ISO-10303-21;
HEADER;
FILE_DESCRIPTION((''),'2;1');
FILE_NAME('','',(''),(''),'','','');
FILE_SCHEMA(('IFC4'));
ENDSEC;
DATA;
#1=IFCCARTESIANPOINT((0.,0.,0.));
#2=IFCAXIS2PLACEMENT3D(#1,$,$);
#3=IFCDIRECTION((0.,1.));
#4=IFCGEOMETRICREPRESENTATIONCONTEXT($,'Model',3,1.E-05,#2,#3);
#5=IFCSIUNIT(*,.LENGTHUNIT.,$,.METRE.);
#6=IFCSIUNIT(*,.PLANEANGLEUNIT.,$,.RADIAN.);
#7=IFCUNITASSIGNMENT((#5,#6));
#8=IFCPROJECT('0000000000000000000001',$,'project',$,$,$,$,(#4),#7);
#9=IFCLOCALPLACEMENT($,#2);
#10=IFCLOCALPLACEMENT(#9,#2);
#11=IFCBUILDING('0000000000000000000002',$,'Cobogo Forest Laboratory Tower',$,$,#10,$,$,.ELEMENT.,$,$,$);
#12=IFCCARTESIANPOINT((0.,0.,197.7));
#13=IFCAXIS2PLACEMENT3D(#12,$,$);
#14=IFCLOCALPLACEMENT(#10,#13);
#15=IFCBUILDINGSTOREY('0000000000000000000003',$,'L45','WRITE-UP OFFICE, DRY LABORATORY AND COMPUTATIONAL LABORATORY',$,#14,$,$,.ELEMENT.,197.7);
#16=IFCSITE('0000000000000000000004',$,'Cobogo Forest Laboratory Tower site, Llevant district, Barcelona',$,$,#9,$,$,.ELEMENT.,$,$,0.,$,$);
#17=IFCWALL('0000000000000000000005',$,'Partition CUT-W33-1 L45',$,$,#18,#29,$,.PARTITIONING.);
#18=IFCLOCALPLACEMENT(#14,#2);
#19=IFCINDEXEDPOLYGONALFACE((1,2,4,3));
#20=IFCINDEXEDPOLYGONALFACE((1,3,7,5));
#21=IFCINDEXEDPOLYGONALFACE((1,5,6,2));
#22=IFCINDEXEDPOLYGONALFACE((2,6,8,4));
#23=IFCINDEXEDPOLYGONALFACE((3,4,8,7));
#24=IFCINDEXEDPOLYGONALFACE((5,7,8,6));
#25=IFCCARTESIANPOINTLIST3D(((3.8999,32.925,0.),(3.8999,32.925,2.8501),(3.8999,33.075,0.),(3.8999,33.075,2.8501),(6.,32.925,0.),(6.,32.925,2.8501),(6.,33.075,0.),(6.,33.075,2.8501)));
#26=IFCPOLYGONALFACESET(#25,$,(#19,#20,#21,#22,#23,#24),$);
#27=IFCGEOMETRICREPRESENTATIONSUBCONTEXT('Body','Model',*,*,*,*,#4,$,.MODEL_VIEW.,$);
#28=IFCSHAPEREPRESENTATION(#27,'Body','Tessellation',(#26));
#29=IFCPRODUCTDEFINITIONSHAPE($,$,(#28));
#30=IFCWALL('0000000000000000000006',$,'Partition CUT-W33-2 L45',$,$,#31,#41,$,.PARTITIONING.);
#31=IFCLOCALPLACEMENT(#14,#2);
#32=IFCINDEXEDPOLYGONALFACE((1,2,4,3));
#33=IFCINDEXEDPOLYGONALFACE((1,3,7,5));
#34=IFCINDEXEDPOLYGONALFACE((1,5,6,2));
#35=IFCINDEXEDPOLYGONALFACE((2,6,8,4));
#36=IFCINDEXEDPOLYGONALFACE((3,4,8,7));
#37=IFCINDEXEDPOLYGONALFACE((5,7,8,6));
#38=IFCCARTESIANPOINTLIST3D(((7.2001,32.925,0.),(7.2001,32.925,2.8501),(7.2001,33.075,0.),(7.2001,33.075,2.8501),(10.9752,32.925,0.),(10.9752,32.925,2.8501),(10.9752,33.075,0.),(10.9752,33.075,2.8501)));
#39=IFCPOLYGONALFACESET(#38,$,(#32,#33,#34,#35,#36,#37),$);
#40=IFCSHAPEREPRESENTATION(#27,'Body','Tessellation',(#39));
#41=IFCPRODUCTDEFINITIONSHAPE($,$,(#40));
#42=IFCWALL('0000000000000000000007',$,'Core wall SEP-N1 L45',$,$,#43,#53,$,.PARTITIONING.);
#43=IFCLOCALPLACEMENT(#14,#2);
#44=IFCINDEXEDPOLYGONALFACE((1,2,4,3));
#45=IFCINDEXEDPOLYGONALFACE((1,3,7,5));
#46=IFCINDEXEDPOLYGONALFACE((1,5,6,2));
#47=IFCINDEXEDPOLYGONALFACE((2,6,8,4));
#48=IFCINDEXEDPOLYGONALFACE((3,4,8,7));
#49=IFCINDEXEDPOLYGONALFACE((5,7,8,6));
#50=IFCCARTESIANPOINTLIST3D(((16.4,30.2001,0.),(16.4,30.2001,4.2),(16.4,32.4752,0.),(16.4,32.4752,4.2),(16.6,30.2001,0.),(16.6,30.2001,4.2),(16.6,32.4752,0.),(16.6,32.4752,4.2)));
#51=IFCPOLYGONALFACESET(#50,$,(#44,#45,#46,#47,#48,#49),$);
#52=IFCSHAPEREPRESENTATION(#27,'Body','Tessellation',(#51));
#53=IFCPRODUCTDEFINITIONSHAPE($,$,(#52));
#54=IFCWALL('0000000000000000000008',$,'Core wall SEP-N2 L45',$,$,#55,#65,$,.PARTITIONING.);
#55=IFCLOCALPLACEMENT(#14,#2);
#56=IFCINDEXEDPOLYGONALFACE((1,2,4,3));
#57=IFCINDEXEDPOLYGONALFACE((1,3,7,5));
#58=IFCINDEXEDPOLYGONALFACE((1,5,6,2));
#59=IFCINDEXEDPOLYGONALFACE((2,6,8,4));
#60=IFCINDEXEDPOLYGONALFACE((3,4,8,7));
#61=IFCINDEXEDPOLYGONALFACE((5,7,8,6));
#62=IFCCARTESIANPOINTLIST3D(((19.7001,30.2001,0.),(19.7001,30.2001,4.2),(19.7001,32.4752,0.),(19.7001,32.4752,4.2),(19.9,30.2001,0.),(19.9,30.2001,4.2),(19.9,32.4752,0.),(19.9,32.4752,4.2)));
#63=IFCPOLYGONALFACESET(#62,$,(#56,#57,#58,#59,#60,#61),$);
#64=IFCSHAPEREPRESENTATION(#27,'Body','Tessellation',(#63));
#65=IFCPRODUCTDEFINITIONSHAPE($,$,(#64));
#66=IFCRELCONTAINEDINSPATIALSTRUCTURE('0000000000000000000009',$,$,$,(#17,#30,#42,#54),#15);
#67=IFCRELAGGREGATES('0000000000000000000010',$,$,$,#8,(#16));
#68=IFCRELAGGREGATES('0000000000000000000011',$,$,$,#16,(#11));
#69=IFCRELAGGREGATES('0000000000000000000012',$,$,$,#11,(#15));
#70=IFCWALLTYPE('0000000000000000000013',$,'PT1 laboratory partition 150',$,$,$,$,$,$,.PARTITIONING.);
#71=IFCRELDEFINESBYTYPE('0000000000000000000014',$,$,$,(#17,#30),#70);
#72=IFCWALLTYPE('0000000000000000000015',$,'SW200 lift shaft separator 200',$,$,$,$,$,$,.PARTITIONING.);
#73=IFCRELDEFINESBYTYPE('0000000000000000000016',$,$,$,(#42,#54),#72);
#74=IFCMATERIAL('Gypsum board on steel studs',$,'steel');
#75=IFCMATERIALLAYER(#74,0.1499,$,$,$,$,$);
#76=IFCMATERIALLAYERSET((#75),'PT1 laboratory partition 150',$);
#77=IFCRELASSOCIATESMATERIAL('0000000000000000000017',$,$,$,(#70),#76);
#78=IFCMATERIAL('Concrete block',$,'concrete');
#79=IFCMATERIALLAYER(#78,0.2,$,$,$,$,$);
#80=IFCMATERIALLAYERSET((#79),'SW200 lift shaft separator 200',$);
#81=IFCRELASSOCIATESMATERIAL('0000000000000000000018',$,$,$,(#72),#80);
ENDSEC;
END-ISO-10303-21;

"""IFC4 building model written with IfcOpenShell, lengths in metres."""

from ifc_helpers import new_model, si_unit, direction, frame, frame_2d, origin, place, context, subcontext, project, spatial, rectangle, extrude, material, layer, layer_set, type_object, element, save


model = new_model("IFC4")

# Units and contexts
model_context = context("Model", 3, precision=1e-05, world=origin(), true_north=direction((0.0, 1.0)))
body_context = subcontext(model_context, "Body", "Model", "MODEL_VIEW")
ifc_project = project(units=[si_unit("LENGTHUNIT", "METRE"), si_unit("PLANEANGLEUNIT", "RADIAN")], contexts=[model_context])

# Site, building, storey
site_placement = place(None, origin())
site = spatial("IfcSite", under=ifc_project, at=site_placement, Name="Cobogo Forest Laboratory Tower site, Llevant district, Barcelona", CompositionType="ELEMENT", RefElevation=0.0)
building_placement = place(site_placement, origin())
building = spatial("IfcBuilding", under=site, at=building_placement, Name="Cobogo Forest Laboratory Tower", CompositionType="ELEMENT")
storey_placement = place(building_placement, frame((0.0, 0.0, 197.7)))
storey = spatial("IfcBuildingStorey", under=building, at=storey_placement, Name="L45", Description="WRITE-UP OFFICE, DRY LABORATORY AND COMPUTATIONAL LABORATORY", CompositionType="ELEMENT", Elevation=197.7)

# Walls
ifc_material_1 = material(Name="Gypsum board on steel studs", Category="steel")
ifc_layer_1 = layer(ifc_material_1, 0.1499)
ifc_layer_set_1 = layer_set([ifc_layer_1], Name="PT1 laboratory partition 150")
wall_type_1 = type_object("IfcWallType", Name="PT1 laboratory partition 150", PredefinedType="PARTITIONING", material=ifc_layer_set_1)
wall_1_placement = place(storey_placement, frame((3.8999, 33.0, 0.0), z_axis=(0.0, 0.0, 1.0), x_axis=(1.0, 0.0, 0.0)))
element("IfcWall", 1, at=wall_1_placement, inside=storey, type_object=wall_type_1, Name="Partition CUT-W33-1 L45", PredefinedType="PARTITIONING", context=body_context, shape_type="SweptSolid", body=[
    extrude(rectangle(XDim=2.1001, YDim=0.1499, at=frame_2d((1.05, 0.0))), origin(), (0.0, 0.0, 1.0), 2.8501),
])
wall_2_placement = place(storey_placement, frame((7.2, 33.0, 0.0), z_axis=(0.0, 0.0, 1.0), x_axis=(1.0, 0.0, 0.0)))
element("IfcWall", 2, at=wall_2_placement, inside=storey, type_object=wall_type_1, Name="Partition CUT-W33-2 L45", PredefinedType="PARTITIONING", context=body_context, shape_type="SweptSolid", body=[
    extrude(rectangle(XDim=3.7751, YDim=0.1499, at=frame_2d((1.8877, 0.0))), origin(), (0.0, 0.0, 1.0), 2.8501),
])
ifc_material_2 = material(Name="Concrete block", Category="concrete")
ifc_layer_2 = layer(ifc_material_2, 0.2)
ifc_layer_set_2 = layer_set([ifc_layer_2], Name="SW200 lift shaft separator 200")
wall_type_2 = type_object("IfcWallType", Name="SW200 lift shaft separator 200", PredefinedType="PARTITIONING", material=ifc_layer_set_2)
for number, where, z_axis, x_axis, name in (
    (3, (16.5, 30.2, 0.0), (0.0, 0.0, 1.0), (0.0, 1.0, 0.0), "Core wall SEP-N1 L45"),
    (4, (19.8, 30.2, 0.0), (0.0, 0.0, 1.0), (0.0, 1.0, 0.0), "Core wall SEP-N2 L45"),
):
    element("IfcWall", number, at=place(storey_placement, frame(where, z_axis=z_axis, x_axis=x_axis)), inside=storey, type_object=wall_type_2, Name=name, PredefinedType="PARTITIONING", context=body_context, shape_type="SweptSolid", body=[
        extrude(rectangle(XDim=2.2751, YDim=0.2, at=frame_2d((1.1377, 0.0))), origin(), (0.0, 0.0, 1.0), 4.2),
    ])

save(model, "model.ifc")
